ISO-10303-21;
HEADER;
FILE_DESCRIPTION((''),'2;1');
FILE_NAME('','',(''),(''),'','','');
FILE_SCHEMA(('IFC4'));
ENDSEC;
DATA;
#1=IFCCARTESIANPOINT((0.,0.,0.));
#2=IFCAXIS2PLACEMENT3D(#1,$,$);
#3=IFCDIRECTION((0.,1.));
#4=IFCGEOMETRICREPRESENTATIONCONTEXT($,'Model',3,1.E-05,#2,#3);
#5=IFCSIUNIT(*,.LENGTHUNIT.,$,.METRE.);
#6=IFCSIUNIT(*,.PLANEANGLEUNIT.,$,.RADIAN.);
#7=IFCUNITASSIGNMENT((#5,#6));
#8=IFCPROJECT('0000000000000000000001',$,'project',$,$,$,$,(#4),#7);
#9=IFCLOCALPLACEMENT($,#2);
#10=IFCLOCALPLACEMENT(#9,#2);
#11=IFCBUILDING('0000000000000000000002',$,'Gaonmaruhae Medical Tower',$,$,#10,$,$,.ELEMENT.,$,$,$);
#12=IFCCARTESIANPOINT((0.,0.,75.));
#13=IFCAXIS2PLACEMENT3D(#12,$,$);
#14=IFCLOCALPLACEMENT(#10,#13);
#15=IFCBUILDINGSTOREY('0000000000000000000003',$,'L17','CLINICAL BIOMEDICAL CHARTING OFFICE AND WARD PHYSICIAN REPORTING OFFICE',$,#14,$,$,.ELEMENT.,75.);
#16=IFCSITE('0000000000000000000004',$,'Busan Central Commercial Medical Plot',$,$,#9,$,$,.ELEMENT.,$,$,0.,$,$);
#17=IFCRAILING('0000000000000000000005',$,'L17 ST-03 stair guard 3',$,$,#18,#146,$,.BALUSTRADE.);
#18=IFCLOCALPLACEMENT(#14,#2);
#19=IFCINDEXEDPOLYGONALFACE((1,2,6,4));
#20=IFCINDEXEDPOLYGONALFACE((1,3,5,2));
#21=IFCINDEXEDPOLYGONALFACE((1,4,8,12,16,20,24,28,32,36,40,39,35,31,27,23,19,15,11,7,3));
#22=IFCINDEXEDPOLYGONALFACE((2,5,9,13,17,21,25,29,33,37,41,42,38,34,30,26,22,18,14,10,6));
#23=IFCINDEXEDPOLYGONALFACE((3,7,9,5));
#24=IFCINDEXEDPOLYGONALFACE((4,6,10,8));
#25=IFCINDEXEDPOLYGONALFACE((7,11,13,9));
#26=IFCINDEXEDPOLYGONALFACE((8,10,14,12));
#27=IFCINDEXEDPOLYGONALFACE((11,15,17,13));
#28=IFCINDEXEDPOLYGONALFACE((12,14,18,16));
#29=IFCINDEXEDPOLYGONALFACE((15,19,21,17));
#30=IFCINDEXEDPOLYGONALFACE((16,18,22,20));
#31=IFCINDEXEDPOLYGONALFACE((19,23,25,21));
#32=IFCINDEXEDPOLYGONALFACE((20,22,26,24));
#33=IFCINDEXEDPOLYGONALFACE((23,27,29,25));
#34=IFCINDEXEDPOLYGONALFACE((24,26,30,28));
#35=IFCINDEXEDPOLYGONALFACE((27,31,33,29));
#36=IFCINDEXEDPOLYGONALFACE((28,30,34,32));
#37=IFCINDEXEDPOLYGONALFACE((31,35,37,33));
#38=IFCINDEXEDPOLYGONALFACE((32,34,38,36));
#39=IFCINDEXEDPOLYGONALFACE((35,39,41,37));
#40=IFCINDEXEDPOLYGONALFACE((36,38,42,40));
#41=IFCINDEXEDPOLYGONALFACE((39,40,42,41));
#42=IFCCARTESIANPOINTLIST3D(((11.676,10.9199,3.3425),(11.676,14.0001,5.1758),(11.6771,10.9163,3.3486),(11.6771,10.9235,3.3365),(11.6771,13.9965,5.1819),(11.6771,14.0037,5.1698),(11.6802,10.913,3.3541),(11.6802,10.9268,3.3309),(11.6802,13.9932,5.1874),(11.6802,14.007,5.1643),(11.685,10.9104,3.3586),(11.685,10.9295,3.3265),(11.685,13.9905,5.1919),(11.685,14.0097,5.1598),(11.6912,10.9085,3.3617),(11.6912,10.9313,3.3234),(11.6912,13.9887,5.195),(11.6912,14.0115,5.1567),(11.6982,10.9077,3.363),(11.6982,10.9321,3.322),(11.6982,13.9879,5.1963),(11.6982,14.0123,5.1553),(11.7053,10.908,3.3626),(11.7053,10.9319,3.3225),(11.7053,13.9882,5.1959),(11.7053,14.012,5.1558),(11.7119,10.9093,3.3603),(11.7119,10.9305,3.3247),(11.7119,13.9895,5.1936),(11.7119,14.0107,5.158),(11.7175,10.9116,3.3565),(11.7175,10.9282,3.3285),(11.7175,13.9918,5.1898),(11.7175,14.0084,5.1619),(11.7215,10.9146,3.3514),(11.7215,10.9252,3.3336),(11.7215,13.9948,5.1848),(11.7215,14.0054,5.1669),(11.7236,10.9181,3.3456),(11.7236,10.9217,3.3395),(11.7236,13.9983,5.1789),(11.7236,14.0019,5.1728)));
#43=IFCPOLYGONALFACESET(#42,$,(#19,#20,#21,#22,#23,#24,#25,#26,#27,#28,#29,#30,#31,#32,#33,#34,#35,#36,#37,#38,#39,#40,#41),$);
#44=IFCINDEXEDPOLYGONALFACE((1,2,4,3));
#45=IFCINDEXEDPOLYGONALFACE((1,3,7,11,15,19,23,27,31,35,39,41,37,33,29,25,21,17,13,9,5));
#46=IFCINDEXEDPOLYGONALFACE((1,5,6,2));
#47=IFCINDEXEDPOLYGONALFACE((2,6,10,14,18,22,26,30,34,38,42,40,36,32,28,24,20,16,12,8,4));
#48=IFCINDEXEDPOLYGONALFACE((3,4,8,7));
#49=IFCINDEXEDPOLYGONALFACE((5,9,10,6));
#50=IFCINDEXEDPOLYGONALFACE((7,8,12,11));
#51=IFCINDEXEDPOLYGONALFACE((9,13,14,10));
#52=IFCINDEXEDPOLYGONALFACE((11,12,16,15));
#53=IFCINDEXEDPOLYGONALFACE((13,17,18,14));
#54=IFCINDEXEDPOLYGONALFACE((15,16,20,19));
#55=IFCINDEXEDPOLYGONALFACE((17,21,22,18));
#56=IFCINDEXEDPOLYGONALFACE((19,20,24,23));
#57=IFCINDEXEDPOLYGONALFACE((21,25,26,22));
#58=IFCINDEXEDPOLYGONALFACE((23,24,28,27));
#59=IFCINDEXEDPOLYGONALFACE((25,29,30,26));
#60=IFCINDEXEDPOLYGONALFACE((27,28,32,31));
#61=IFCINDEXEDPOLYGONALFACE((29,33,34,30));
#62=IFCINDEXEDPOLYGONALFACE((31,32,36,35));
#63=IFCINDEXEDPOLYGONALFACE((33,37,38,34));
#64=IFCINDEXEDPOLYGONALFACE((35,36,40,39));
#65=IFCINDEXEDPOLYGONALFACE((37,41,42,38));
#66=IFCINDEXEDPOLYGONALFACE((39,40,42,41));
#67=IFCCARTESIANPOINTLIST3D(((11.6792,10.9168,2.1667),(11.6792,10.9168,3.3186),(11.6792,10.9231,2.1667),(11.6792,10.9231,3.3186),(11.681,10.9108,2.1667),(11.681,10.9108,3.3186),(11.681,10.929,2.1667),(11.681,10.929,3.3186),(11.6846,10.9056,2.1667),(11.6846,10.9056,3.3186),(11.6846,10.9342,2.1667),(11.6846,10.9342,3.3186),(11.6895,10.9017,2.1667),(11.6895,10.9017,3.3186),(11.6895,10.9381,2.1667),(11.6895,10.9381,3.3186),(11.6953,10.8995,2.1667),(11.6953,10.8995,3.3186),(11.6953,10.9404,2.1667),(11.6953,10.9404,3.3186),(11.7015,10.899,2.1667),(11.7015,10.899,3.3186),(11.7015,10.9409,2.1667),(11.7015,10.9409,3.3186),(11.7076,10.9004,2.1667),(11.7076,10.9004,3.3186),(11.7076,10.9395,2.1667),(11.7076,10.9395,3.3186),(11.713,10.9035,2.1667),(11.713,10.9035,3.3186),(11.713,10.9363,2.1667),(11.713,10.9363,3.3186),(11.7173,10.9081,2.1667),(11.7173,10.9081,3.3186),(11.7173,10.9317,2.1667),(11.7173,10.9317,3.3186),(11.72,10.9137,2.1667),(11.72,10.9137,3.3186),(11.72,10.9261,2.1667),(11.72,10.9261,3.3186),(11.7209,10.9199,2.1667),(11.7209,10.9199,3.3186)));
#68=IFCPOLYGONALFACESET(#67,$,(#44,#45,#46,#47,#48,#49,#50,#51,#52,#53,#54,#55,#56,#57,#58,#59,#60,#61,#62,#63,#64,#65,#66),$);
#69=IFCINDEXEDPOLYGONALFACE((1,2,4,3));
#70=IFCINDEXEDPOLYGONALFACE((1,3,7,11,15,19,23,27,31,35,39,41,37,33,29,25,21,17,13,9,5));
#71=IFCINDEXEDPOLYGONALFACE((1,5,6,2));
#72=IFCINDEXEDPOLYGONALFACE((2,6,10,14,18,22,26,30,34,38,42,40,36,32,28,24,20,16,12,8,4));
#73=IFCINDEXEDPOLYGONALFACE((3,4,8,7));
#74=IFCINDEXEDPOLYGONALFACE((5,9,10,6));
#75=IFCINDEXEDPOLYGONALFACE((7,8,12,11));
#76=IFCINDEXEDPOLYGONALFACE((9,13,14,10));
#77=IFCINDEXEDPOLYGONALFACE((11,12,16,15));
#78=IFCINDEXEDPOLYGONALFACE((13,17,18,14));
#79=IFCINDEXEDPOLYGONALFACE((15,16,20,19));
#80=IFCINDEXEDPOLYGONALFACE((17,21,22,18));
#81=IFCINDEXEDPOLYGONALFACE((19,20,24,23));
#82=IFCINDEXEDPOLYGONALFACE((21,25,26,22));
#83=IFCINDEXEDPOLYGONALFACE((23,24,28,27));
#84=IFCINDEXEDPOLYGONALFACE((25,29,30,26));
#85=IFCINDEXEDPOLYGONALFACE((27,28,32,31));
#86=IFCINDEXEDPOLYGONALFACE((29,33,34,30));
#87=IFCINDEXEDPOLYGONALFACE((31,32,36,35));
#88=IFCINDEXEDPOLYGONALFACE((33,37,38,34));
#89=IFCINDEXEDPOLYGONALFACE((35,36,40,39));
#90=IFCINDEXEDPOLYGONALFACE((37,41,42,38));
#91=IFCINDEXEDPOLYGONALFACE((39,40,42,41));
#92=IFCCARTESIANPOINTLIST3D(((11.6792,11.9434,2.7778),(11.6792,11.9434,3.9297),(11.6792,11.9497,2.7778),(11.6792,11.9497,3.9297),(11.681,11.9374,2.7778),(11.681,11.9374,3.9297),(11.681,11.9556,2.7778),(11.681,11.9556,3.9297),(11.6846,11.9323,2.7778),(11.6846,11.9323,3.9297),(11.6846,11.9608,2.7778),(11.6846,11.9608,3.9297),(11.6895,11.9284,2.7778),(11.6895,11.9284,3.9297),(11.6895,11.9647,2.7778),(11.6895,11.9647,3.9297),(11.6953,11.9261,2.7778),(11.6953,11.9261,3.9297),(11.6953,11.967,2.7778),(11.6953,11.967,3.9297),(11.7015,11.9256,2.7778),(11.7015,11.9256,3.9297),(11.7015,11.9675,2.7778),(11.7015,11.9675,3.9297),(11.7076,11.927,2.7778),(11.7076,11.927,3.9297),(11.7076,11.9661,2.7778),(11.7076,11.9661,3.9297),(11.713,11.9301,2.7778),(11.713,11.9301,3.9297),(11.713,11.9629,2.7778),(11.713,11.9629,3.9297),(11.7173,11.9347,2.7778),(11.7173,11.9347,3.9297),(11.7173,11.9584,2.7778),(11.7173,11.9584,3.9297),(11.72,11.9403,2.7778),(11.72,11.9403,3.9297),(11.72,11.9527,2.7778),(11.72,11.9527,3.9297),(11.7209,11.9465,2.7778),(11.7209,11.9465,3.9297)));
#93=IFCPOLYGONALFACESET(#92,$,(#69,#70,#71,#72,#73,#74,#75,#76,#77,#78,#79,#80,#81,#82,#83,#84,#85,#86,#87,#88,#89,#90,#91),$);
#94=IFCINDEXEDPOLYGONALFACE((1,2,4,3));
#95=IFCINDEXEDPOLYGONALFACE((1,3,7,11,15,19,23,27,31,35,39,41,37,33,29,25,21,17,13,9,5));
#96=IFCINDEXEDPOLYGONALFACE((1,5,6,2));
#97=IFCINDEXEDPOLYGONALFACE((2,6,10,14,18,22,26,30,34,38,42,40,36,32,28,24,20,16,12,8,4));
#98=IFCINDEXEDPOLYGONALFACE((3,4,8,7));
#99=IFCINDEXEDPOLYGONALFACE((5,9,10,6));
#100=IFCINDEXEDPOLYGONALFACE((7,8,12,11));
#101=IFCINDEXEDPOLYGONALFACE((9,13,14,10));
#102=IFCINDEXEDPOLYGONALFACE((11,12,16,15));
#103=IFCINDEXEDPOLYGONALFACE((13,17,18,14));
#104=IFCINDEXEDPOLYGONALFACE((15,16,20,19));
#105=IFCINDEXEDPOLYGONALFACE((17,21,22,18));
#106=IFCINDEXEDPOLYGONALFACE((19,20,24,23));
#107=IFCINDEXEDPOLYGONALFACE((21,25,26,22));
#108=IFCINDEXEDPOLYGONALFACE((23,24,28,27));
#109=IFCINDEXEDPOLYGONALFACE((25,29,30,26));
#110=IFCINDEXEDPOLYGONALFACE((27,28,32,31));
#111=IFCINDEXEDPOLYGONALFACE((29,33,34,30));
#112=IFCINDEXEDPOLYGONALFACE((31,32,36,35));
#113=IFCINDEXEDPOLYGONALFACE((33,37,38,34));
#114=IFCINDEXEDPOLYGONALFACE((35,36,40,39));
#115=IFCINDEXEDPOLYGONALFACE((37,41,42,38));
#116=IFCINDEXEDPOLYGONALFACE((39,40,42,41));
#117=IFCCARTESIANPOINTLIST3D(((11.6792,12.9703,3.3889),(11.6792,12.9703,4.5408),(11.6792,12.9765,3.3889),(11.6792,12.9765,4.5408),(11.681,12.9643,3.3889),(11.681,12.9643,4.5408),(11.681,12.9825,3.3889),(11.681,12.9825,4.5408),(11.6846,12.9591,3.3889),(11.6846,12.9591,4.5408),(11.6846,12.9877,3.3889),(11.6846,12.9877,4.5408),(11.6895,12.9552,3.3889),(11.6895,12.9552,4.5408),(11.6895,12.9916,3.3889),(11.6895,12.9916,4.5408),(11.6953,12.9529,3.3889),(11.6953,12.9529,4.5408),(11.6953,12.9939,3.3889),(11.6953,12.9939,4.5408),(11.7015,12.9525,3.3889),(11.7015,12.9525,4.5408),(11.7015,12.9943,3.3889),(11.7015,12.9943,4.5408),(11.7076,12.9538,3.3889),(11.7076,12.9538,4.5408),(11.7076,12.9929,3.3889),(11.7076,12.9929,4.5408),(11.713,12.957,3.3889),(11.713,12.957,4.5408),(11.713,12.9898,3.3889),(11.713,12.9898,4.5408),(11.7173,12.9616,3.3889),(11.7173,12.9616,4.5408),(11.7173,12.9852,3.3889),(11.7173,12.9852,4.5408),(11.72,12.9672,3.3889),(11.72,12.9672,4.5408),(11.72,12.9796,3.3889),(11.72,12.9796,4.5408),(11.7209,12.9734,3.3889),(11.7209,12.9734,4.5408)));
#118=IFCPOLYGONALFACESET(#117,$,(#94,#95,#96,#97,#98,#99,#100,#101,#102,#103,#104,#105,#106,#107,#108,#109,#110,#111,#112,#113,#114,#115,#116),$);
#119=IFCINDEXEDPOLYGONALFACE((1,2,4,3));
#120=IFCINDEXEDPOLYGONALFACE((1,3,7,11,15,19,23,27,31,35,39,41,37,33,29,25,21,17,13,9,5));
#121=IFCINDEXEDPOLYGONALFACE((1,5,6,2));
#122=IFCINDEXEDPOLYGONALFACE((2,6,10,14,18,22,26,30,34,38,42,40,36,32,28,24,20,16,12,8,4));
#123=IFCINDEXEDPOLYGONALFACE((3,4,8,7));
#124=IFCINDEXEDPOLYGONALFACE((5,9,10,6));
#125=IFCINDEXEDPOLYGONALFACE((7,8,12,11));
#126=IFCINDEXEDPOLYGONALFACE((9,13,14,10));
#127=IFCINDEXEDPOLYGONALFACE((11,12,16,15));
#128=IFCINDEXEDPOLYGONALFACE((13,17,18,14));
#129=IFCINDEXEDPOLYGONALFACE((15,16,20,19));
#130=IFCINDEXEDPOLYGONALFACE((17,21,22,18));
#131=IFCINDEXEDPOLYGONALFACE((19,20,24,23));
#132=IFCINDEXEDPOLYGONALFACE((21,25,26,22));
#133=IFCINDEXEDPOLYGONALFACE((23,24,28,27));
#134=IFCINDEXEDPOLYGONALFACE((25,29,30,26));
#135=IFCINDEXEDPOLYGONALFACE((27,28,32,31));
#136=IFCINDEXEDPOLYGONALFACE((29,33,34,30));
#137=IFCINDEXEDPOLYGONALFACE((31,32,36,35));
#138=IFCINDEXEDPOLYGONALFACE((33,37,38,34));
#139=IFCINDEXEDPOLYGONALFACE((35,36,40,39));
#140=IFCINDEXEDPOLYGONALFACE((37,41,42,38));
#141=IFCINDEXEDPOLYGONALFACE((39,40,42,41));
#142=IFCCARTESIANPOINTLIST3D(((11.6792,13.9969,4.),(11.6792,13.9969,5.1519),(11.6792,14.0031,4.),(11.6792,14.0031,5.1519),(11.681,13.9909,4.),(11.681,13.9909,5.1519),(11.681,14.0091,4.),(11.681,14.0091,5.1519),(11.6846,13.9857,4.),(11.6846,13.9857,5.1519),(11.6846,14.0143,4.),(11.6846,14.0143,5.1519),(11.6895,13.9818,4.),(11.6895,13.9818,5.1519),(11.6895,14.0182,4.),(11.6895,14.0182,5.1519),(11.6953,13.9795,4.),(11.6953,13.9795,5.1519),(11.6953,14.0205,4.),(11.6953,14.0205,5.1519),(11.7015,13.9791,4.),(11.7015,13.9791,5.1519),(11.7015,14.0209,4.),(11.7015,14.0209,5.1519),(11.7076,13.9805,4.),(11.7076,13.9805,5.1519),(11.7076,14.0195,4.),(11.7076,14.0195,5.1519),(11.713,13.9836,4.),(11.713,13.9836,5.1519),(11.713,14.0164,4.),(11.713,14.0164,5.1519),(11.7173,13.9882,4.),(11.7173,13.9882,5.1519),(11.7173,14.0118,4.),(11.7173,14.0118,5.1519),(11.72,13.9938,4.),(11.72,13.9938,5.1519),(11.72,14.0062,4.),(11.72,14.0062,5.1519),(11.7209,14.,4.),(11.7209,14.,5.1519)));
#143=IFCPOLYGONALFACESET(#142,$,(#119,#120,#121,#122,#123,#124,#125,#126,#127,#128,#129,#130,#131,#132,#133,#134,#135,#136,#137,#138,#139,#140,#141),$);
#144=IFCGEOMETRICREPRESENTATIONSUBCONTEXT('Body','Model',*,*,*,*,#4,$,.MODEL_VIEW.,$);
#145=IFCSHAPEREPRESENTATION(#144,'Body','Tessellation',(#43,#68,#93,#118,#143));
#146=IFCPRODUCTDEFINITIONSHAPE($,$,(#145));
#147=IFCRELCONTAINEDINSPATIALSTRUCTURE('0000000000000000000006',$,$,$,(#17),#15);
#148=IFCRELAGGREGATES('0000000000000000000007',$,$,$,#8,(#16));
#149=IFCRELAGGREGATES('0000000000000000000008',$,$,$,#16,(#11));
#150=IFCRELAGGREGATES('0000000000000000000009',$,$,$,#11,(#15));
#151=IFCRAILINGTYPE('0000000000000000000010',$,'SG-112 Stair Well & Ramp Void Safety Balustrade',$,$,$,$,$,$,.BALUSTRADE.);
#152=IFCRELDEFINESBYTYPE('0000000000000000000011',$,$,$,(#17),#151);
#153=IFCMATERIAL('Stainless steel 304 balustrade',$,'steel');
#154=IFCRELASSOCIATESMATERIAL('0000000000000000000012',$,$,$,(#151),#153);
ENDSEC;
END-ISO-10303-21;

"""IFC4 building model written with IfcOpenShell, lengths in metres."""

from ifc_helpers import new_model, si_unit, direction, frame, origin, origin_2d, place, context, subcontext, project, spatial, circle, extrude, material, type_object, element, save


model = new_model("IFC4")

# Units and contexts
model_context = context("Model", 3, precision=1e-05, world=origin(), true_north=direction((0.0, 1.0)))
body_context = subcontext(model_context, "Body", "Model", "MODEL_VIEW")
ifc_project = project(units=[si_unit("LENGTHUNIT", "METRE"), si_unit("PLANEANGLEUNIT", "RADIAN")], contexts=[model_context])

# Site, building, storey
site_placement = place(None, origin())
site = spatial("IfcSite", under=ifc_project, at=site_placement, Name="Busan Central Commercial Medical Plot", CompositionType="ELEMENT", RefElevation=0.0)
building_placement = place(site_placement, origin())
building = spatial("IfcBuilding", under=site, at=building_placement, Name="Gaonmaruhae Medical Tower", CompositionType="ELEMENT")
storey_placement = place(building_placement, frame((0.0, 0.0, 75.0)))
storey = spatial("IfcBuildingStorey", under=building, at=storey_placement, Name="L17", Description="CLINICAL BIOMEDICAL CHARTING OFFICE AND WARD PHYSICIAN REPORTING OFFICE", CompositionType="ELEMENT", Elevation=75.0)

# Railing
ifc_material_1 = material(Name="Stainless steel 304 balustrade", Category="steel")
railing_type_1 = type_object("IfcRailingType", Name="SG-112 Stair Well & Ramp Void Safety Balustrade", PredefinedType="BALUSTRADE", material=ifc_material_1)
railing_1_placement = place(storey_placement, frame((11.7, 10.9199, 2.1667)))
element("IfcRailing", 1, at=railing_1_placement, inside=storey, type_object=railing_type_1, Name="L17 ST-03 stair guard 3", PredefinedType="BALUSTRADE", context=body_context, shape_type="SweptSolid", body=[
    extrude(circle(Radius=0.0239, at=origin_2d()), frame((0.0, 0.0, 1.1758), z_axis=(0.0, 0.859309, 0.511458), x_axis=(-1.0, 0.0, 0.0)), (0.0, 0.0, 1.0), 3.5845),
    extrude(circle(Radius=0.021, at=origin_2d()), origin(), (0.0, 0.0, 1.0), 1.1519),
    extrude(circle(Radius=0.021, at=origin_2d()), frame((0.0, 1.0266, 0.6111)), (0.0, 0.0, 1.0), 1.1519),
    extrude(circle(Radius=0.021, at=origin_2d()), frame((0.0, 2.0535, 1.2222)), (0.0, 0.0, 1.0), 1.1519),
    extrude(circle(Radius=0.021, at=origin_2d()), frame((0.0, 3.0801, 1.8333)), (0.0, 0.0, 1.0), 1.1519),
])

save(model, "model.ifc")
